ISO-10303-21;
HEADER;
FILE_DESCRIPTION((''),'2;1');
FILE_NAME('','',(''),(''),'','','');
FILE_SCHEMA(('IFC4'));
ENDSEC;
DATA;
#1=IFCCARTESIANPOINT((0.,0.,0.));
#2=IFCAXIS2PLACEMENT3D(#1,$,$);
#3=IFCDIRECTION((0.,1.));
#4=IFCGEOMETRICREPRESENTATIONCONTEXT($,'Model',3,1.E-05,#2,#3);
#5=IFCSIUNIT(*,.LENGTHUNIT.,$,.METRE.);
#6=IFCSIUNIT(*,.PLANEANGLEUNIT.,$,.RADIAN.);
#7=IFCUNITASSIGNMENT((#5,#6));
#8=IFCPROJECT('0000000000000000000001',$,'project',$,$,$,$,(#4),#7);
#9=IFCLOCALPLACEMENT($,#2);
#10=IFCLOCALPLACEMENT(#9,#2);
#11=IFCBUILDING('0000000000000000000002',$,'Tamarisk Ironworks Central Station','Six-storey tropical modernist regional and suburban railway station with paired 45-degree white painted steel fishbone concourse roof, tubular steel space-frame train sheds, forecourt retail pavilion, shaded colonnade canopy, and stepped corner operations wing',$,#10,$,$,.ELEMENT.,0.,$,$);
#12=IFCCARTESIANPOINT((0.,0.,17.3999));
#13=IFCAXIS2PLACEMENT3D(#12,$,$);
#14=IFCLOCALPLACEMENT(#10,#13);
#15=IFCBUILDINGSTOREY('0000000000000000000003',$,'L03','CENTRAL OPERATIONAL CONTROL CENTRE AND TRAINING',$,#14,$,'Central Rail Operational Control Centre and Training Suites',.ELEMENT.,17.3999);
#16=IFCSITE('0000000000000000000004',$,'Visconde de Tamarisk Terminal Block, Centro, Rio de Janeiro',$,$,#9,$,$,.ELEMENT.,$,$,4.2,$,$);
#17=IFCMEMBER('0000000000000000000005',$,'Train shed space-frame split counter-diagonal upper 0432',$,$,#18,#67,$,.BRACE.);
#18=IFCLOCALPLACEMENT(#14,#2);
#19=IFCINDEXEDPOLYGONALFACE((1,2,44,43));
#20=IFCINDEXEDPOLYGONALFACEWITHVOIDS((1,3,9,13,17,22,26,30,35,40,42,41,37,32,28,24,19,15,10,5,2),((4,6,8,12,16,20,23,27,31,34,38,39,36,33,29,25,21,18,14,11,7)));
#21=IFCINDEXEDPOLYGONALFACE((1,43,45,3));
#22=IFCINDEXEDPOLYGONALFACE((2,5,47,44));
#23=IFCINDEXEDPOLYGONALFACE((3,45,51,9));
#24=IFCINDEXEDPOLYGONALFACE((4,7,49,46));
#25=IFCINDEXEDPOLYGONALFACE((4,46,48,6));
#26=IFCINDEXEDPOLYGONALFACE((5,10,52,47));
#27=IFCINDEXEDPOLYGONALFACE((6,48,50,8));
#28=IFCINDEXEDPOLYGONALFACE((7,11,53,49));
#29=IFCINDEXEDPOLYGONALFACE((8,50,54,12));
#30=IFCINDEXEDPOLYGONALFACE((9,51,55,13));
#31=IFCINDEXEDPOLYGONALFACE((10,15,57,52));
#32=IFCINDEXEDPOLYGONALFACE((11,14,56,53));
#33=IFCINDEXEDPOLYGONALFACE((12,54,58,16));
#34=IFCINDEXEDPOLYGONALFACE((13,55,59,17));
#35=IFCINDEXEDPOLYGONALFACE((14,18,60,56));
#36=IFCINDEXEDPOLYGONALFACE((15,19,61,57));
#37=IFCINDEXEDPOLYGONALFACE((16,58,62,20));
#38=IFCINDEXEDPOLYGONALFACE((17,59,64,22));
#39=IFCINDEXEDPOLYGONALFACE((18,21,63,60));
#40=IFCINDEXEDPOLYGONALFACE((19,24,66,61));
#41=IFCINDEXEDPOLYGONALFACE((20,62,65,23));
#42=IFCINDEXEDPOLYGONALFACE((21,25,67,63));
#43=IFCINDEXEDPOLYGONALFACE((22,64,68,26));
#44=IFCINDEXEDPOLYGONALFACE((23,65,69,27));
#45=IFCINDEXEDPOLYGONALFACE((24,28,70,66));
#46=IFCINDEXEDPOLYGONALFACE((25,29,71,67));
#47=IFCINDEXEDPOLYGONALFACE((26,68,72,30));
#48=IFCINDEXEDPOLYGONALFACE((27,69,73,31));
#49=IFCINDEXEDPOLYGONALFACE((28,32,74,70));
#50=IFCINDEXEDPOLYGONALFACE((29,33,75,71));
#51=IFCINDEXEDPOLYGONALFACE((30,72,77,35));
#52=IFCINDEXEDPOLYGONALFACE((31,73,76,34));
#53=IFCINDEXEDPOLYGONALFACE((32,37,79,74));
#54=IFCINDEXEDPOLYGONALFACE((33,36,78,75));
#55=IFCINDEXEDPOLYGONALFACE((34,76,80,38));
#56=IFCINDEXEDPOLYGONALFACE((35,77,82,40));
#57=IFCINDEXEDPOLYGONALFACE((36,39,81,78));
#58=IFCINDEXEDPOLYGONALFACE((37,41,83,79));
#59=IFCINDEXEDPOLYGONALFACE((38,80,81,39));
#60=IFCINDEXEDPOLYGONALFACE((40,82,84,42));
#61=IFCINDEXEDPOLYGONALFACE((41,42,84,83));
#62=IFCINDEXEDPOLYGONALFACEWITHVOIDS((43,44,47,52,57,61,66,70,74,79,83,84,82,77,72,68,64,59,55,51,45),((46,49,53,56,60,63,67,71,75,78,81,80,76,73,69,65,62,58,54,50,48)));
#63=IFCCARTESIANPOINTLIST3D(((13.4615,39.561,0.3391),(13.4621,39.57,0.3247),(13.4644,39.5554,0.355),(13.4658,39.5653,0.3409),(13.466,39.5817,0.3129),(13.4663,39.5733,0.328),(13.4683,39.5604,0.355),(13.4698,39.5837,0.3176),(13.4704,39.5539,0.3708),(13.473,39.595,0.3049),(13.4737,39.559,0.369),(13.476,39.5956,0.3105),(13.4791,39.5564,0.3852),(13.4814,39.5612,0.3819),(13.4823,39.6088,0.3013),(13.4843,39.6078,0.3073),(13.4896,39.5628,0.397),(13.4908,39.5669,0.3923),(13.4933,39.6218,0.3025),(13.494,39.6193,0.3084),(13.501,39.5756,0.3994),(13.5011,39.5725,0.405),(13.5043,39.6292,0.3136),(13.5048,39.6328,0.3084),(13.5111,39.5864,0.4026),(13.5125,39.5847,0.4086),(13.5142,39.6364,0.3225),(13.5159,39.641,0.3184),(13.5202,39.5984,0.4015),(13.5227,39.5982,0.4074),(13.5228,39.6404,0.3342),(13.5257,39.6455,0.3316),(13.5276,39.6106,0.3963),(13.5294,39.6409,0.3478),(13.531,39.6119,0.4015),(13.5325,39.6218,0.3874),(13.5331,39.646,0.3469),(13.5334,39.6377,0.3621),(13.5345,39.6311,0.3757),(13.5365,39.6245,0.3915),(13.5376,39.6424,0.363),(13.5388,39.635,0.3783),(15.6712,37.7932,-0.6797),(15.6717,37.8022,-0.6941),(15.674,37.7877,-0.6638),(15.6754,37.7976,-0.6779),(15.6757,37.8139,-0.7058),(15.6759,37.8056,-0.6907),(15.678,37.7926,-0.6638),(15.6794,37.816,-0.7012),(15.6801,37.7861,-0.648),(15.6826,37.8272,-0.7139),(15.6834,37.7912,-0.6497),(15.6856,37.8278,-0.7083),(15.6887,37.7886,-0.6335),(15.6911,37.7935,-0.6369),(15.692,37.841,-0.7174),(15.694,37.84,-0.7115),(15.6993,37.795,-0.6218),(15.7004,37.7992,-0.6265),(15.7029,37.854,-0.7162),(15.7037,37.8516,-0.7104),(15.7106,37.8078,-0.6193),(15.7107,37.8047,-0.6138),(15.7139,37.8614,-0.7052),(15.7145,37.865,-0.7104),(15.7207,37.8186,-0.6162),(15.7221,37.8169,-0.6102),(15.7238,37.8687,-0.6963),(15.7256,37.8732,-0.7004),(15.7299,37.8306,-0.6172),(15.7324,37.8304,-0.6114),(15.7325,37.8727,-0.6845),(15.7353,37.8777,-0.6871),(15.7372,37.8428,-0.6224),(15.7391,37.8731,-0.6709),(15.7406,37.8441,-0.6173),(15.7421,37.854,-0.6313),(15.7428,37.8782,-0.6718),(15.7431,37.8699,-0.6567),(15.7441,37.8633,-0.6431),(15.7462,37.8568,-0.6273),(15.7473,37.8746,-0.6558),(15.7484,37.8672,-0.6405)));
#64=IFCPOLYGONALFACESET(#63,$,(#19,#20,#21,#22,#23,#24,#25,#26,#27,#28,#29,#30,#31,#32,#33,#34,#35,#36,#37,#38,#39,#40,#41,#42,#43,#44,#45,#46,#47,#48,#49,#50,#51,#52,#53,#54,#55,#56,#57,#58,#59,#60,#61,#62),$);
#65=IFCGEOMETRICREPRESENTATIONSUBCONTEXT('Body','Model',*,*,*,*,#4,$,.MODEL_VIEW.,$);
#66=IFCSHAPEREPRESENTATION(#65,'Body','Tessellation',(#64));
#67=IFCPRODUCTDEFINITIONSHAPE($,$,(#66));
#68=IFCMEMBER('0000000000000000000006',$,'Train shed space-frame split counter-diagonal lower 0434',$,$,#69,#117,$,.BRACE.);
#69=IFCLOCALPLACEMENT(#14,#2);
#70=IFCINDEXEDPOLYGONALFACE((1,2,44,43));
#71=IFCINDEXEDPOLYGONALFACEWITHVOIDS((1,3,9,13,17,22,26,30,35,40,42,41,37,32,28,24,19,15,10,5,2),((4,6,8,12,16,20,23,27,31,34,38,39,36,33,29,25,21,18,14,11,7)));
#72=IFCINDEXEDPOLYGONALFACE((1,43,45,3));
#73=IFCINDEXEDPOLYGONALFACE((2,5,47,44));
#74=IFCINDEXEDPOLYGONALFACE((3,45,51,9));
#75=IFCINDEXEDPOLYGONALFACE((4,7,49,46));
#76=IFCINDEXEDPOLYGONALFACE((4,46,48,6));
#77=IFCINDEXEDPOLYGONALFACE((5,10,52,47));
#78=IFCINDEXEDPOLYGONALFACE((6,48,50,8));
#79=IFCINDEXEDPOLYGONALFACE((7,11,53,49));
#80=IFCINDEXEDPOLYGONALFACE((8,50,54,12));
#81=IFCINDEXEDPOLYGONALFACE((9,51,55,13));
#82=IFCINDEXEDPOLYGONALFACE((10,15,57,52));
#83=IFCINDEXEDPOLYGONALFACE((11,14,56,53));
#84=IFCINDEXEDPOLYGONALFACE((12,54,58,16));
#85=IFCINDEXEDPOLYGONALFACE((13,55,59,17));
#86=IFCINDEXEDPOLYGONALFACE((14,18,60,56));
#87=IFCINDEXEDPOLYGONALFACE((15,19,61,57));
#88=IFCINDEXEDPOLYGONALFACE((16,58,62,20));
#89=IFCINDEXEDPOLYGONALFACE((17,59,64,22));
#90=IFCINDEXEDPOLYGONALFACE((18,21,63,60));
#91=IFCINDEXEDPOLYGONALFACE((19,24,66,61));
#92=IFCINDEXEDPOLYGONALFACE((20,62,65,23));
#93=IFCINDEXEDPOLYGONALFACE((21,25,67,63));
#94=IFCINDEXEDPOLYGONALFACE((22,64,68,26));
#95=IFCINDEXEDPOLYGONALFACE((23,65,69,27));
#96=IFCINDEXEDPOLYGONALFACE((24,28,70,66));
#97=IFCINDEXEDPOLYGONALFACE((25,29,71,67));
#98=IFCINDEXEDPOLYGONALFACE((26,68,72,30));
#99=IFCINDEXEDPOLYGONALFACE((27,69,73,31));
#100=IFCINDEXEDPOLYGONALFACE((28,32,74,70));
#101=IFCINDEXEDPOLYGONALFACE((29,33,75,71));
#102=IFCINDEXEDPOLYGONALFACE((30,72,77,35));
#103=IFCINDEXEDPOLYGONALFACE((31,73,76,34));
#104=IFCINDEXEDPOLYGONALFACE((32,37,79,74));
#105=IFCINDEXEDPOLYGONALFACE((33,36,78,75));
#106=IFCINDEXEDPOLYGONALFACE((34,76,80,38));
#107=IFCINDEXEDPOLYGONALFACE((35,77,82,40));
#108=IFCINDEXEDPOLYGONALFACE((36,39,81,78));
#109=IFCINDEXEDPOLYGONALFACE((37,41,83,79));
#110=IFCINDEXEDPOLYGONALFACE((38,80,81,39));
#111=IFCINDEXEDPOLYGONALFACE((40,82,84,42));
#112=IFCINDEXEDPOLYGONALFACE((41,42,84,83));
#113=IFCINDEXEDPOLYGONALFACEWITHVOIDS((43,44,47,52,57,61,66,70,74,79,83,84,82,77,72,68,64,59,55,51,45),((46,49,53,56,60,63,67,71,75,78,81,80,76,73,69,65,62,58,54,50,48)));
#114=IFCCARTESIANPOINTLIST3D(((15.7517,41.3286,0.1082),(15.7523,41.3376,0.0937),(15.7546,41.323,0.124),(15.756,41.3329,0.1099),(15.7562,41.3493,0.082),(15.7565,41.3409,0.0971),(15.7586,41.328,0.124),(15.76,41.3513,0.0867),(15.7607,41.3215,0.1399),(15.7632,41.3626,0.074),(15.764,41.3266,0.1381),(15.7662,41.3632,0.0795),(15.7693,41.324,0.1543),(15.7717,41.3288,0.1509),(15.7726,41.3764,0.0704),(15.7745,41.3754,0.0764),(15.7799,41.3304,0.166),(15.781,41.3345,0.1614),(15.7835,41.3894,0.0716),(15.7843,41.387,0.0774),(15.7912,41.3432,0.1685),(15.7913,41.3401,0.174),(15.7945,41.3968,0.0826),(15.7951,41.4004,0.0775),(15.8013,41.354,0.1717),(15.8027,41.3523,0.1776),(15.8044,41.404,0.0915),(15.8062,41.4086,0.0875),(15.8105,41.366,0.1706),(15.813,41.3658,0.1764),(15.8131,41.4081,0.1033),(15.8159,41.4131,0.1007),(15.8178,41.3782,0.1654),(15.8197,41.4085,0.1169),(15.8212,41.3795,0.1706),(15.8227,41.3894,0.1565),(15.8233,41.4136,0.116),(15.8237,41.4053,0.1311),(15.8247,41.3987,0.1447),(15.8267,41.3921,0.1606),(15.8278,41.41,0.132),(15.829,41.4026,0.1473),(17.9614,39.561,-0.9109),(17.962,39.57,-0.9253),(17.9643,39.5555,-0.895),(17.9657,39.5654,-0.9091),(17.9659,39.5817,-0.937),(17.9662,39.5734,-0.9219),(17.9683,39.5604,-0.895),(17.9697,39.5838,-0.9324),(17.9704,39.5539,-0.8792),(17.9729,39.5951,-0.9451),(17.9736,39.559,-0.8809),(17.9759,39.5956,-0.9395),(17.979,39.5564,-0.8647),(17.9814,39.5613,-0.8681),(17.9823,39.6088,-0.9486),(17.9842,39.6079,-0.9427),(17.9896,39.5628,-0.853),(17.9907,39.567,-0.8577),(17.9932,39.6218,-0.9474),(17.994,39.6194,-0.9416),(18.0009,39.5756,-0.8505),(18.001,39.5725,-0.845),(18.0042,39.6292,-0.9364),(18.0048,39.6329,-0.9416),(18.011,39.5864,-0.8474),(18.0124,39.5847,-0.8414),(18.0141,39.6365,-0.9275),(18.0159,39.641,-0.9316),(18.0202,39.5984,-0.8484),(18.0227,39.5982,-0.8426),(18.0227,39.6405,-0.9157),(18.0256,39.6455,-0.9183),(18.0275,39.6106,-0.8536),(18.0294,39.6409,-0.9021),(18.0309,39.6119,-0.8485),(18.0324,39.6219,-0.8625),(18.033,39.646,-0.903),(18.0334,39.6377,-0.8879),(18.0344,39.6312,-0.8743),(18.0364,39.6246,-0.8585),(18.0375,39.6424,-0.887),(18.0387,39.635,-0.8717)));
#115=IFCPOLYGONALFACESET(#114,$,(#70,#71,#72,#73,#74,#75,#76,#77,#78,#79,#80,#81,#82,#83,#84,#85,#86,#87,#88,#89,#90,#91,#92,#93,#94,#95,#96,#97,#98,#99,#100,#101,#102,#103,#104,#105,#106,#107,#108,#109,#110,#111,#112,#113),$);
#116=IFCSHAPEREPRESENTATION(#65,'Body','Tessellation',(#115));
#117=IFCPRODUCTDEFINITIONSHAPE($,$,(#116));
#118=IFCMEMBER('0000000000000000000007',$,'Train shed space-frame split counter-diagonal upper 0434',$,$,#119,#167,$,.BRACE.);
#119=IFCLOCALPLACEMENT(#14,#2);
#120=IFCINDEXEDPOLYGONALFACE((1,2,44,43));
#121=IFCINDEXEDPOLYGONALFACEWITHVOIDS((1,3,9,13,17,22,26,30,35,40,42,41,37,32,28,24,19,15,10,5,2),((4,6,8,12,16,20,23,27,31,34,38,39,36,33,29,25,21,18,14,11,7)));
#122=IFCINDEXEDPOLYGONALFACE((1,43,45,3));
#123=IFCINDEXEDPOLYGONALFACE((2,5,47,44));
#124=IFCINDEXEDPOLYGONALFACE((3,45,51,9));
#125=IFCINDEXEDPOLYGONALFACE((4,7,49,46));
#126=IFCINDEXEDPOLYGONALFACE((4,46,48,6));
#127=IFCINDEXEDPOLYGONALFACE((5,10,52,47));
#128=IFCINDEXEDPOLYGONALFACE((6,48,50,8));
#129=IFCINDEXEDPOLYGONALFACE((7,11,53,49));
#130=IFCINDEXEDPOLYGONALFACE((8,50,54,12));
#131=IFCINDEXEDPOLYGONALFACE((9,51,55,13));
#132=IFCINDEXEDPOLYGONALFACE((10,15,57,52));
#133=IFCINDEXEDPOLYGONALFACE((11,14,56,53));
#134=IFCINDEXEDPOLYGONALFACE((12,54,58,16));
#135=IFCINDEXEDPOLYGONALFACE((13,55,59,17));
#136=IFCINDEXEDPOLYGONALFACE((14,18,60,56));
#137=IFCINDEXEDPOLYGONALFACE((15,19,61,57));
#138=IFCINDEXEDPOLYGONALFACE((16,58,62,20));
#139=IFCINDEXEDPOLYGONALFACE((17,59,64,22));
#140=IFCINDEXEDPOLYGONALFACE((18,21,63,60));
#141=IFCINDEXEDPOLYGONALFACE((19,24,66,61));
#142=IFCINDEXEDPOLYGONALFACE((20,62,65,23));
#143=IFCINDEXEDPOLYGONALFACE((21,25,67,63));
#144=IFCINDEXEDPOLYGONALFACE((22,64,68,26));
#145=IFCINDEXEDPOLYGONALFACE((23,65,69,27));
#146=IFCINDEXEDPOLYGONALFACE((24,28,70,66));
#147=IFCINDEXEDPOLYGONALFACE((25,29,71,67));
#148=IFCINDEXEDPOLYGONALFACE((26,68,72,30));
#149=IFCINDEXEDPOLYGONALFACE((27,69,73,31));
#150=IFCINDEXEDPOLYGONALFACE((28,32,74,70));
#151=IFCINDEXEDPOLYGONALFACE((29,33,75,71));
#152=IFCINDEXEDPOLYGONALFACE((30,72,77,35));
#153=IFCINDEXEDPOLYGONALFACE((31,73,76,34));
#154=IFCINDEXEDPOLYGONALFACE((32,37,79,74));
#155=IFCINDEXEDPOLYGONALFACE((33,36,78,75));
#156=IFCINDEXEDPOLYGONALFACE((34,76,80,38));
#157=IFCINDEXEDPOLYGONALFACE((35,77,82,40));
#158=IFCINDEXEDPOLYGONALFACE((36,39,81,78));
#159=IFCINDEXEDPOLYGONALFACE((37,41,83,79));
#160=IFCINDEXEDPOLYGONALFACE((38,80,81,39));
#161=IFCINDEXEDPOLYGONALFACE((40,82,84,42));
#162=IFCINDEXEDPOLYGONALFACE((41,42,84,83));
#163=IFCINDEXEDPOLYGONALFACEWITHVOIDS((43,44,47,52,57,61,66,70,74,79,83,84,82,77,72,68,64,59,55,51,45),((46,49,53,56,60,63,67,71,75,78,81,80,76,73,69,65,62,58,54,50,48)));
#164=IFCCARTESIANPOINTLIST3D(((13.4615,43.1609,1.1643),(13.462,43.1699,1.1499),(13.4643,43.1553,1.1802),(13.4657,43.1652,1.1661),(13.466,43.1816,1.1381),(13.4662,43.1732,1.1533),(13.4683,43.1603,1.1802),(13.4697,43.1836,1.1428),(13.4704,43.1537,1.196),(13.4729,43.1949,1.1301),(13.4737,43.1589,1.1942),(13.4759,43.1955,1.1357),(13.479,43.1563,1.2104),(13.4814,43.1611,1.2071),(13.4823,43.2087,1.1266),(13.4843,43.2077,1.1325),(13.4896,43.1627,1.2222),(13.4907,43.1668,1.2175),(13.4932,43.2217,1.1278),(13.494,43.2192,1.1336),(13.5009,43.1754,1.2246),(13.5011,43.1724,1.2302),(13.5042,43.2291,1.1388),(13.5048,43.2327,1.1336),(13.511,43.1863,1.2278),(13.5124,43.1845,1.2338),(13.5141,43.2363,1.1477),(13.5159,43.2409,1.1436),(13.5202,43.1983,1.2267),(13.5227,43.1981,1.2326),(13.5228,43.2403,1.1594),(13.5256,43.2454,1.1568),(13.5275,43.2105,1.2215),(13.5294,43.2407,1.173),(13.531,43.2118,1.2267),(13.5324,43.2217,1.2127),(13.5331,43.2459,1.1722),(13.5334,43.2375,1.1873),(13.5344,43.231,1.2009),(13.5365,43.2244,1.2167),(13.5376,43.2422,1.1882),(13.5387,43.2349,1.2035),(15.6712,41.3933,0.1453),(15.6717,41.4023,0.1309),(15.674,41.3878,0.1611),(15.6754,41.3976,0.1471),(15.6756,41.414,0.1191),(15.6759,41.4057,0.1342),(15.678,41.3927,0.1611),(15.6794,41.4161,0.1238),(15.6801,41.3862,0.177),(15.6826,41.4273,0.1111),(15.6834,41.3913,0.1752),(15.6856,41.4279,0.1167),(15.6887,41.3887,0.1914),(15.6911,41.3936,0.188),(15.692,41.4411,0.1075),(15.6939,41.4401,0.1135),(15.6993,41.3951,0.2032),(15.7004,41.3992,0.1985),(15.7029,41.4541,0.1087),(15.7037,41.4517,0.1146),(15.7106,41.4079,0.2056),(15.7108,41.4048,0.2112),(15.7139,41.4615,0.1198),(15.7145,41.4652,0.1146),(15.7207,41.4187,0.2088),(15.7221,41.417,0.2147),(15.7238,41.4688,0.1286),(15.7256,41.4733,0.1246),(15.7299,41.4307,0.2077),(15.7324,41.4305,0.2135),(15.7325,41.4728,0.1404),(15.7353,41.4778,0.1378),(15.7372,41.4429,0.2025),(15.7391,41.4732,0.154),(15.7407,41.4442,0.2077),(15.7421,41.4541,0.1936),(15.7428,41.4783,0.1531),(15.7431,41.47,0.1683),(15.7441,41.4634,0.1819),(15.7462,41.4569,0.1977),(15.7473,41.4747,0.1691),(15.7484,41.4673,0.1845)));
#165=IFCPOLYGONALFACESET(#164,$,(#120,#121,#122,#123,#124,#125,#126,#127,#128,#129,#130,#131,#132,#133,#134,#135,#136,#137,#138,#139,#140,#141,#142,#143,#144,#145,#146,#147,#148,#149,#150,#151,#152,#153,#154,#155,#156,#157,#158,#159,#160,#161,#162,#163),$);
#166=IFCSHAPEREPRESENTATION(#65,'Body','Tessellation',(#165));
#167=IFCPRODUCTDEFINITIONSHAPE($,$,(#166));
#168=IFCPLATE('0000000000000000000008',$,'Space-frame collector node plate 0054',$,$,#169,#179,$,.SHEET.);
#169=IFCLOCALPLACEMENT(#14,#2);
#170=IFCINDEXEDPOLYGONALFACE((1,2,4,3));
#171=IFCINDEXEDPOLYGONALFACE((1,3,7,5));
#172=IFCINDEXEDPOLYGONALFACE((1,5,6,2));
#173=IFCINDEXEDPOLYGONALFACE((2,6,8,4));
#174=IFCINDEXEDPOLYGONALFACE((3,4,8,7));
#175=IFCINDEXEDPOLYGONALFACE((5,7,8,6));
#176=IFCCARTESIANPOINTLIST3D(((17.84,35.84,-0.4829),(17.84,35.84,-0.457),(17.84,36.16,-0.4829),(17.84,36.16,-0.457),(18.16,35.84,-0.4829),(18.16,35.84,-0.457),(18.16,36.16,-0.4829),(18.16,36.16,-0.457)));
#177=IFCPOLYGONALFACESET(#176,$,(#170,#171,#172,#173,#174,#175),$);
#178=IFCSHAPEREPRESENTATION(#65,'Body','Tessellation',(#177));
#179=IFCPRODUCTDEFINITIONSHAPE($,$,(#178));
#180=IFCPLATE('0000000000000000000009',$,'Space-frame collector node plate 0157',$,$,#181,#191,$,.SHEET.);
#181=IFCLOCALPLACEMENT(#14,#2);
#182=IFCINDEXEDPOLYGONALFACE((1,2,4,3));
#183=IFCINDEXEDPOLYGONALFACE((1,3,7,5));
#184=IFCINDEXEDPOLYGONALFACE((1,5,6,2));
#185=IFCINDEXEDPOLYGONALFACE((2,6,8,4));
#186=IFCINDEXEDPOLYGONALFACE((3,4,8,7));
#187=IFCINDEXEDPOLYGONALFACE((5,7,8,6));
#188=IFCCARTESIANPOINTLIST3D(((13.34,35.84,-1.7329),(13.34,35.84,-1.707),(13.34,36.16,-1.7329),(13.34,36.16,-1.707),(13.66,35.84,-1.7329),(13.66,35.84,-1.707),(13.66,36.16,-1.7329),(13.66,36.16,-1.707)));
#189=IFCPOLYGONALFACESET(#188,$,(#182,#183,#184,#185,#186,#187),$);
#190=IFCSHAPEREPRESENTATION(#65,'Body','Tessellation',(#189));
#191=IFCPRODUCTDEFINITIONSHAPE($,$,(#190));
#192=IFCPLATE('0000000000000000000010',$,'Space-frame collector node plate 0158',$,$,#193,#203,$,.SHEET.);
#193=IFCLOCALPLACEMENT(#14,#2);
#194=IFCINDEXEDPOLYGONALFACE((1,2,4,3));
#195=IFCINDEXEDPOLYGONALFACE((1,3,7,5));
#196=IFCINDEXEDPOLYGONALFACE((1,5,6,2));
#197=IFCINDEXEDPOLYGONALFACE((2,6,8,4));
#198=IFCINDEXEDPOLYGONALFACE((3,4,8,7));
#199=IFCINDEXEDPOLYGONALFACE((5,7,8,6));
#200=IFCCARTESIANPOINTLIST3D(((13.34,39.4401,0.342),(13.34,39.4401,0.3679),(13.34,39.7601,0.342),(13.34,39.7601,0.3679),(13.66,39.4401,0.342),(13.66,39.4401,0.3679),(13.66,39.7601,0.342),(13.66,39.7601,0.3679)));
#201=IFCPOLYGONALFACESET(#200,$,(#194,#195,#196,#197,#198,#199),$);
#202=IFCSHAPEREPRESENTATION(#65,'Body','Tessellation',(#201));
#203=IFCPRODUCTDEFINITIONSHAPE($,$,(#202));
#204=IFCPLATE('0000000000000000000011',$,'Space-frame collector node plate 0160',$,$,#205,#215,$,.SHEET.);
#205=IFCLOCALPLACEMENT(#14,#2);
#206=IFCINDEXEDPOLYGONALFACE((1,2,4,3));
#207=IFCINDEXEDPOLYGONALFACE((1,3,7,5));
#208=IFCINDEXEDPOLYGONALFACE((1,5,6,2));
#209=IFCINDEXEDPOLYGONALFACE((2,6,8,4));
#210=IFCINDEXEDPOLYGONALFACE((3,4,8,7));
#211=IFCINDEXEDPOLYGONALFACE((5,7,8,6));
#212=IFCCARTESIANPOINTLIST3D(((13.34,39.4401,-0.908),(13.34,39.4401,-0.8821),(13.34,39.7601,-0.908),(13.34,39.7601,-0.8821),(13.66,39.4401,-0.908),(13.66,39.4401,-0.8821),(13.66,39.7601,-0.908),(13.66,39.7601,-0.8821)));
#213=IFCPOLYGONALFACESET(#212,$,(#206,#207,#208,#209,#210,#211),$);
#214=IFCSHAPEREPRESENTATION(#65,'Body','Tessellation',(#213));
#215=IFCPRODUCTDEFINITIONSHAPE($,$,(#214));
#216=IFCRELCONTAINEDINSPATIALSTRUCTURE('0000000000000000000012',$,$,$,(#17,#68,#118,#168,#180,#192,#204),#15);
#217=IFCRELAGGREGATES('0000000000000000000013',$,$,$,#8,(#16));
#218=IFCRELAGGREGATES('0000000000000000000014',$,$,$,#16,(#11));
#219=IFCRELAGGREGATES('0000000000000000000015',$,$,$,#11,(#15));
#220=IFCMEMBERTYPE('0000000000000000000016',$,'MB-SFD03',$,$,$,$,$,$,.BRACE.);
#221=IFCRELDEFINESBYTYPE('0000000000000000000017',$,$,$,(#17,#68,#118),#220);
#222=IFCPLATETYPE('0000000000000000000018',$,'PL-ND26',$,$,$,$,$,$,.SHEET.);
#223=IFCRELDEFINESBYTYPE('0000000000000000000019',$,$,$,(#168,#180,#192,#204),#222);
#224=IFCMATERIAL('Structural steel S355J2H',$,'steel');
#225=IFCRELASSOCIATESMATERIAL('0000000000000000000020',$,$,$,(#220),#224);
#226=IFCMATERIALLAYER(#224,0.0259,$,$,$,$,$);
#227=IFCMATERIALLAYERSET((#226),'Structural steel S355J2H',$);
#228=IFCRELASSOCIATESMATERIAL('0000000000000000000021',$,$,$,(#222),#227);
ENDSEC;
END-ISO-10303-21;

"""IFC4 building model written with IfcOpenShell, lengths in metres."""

from ifc_helpers import new_model, si_unit, direction, frame, origin, origin_2d, place, context, subcontext, project, spatial, rectangle, hollow_circle, extrude, material, layer, layer_set, material_profile, profile_set, type_object, element, save


model = new_model("IFC4")

# Units and contexts
model_context = context("Model", 3, precision=1e-05, world=origin(), true_north=direction((0.0, 1.0)))
body_context = subcontext(model_context, "Body", "Model", "MODEL_VIEW")
ifc_project = project(units=[si_unit("LENGTHUNIT", "METRE"), si_unit("PLANEANGLEUNIT", "RADIAN")], contexts=[model_context])

# Site, building, storey
site_placement = place(None, origin())
site = spatial("IfcSite", under=ifc_project, at=site_placement, Name="Visconde de Tamarisk Terminal Block, Centro, Rio de Janeiro", CompositionType="ELEMENT", RefElevation=4.2)
building_placement = place(site_placement, origin())
building = spatial("IfcBuilding", under=site, at=building_placement, Name="Tamarisk Ironworks Central Station", Description="Six-storey tropical modernist regional and suburban railway station with paired 45-degree white painted steel fishbone concourse roof, tubular steel space-frame train sheds, forecourt retail pavilion, shaded colonnade canopy, and stepped corner operations wing", CompositionType="ELEMENT", ElevationOfRefHeight=0.0)
storey_placement = place(building_placement, frame((0.0, 0.0, 17.3999)))
storey = spatial("IfcBuildingStorey", under=building, at=storey_placement, Name="L03", Description="CENTRAL OPERATIONAL CONTROL CENTRE AND TRAINING", LongName="Central Rail Operational Control Centre and Training Suites", CompositionType="ELEMENT", Elevation=17.3999)

# Members
ifc_material_1 = material(Name="Structural steel S355J2H", Category="steel")
ifc_material_profile_1 = material_profile(ifc_material_1, hollow_circle(Radius=0.0571, WallThickness=0.0063, at=origin_2d()), Name="CHS 114.3x6.3")
ifc_profile_set_1 = profile_set([ifc_material_profile_1], Name="Structural steel S355J2H")
member_type_1 = type_object("IfcMemberType", Name="MB-SFD03", PredefinedType="BRACE", material=ifc_profile_set_1)
for number, where, z_axis, x_axis, name in (
    (1, (15.7097, 37.8323, -0.6638), (-0.734697, 0.587774, 0.338735), (-0.624706, -0.78086, 0.0), "Train shed space-frame split counter-diagonal upper 0432"),
    (2, (18.0, 39.6001, -0.895), (-0.734712, 0.587705, 0.338823), (-0.624653, -0.780902, 0.0), "Train shed space-frame split counter-diagonal lower 0434"),
    (3, (15.7097, 41.4324, 0.1611), (-0.734712, 0.587705, 0.338823), (-0.624653, -0.780902, 0.0), "Train shed space-frame split counter-diagonal upper 0434"),
):
    element("IfcMember", number, at=place(storey_placement, frame(where, z_axis=z_axis, x_axis=x_axis)), inside=storey, type_object=member_type_1, Name=name, PredefinedType="BRACE", context=body_context, shape_type="SweptSolid", body=[
        extrude(hollow_circle(Radius=0.0571, WallThickness=0.0063, at=origin_2d()), origin(), (0.0, 0.0, 1.0), 3.0076),
    ])

# Plates
ifc_layer = layer(ifc_material_1, 0.0259)
ifc_layer_set = layer_set([ifc_layer], Name="Structural steel S355J2H")
plate_type = type_object("IfcPlateType", Name="PL-ND26", PredefinedType="SHEET", material=ifc_layer_set)
for number, where, z_axis, x_axis, name in (
    (4, (18.0, 36.0, -0.4829), (0.0, 0.0, 1.0), (1.0, 0.0, 0.0), "Space-frame collector node plate 0054"),
    (5, (13.5, 36.0, -1.7329), (0.0, 0.0, 1.0), (1.0, 0.0, 0.0), "Space-frame collector node plate 0157"),
    (6, (13.5, 39.6001, 0.342), (0.0, 0.0, 1.0), (1.0, 0.0, 0.0), "Space-frame collector node plate 0158"),
    (7, (13.5, 39.6001, -0.908), (0.0, 0.0, 1.0), (1.0, 0.0, 0.0), "Space-frame collector node plate 0160"),
):
    element("IfcPlate", number, at=place(storey_placement, frame(where, z_axis=z_axis, x_axis=x_axis)), inside=storey, type_object=plate_type, Name=name, PredefinedType="SHEET", context=body_context, shape_type="SweptSolid", body=[
        extrude(rectangle(XDim=0.3201, YDim=0.3201, at=origin_2d()), origin(), (0.0, 0.0, 1.0), 0.0259),
    ])

save(model, "model.ifc")
